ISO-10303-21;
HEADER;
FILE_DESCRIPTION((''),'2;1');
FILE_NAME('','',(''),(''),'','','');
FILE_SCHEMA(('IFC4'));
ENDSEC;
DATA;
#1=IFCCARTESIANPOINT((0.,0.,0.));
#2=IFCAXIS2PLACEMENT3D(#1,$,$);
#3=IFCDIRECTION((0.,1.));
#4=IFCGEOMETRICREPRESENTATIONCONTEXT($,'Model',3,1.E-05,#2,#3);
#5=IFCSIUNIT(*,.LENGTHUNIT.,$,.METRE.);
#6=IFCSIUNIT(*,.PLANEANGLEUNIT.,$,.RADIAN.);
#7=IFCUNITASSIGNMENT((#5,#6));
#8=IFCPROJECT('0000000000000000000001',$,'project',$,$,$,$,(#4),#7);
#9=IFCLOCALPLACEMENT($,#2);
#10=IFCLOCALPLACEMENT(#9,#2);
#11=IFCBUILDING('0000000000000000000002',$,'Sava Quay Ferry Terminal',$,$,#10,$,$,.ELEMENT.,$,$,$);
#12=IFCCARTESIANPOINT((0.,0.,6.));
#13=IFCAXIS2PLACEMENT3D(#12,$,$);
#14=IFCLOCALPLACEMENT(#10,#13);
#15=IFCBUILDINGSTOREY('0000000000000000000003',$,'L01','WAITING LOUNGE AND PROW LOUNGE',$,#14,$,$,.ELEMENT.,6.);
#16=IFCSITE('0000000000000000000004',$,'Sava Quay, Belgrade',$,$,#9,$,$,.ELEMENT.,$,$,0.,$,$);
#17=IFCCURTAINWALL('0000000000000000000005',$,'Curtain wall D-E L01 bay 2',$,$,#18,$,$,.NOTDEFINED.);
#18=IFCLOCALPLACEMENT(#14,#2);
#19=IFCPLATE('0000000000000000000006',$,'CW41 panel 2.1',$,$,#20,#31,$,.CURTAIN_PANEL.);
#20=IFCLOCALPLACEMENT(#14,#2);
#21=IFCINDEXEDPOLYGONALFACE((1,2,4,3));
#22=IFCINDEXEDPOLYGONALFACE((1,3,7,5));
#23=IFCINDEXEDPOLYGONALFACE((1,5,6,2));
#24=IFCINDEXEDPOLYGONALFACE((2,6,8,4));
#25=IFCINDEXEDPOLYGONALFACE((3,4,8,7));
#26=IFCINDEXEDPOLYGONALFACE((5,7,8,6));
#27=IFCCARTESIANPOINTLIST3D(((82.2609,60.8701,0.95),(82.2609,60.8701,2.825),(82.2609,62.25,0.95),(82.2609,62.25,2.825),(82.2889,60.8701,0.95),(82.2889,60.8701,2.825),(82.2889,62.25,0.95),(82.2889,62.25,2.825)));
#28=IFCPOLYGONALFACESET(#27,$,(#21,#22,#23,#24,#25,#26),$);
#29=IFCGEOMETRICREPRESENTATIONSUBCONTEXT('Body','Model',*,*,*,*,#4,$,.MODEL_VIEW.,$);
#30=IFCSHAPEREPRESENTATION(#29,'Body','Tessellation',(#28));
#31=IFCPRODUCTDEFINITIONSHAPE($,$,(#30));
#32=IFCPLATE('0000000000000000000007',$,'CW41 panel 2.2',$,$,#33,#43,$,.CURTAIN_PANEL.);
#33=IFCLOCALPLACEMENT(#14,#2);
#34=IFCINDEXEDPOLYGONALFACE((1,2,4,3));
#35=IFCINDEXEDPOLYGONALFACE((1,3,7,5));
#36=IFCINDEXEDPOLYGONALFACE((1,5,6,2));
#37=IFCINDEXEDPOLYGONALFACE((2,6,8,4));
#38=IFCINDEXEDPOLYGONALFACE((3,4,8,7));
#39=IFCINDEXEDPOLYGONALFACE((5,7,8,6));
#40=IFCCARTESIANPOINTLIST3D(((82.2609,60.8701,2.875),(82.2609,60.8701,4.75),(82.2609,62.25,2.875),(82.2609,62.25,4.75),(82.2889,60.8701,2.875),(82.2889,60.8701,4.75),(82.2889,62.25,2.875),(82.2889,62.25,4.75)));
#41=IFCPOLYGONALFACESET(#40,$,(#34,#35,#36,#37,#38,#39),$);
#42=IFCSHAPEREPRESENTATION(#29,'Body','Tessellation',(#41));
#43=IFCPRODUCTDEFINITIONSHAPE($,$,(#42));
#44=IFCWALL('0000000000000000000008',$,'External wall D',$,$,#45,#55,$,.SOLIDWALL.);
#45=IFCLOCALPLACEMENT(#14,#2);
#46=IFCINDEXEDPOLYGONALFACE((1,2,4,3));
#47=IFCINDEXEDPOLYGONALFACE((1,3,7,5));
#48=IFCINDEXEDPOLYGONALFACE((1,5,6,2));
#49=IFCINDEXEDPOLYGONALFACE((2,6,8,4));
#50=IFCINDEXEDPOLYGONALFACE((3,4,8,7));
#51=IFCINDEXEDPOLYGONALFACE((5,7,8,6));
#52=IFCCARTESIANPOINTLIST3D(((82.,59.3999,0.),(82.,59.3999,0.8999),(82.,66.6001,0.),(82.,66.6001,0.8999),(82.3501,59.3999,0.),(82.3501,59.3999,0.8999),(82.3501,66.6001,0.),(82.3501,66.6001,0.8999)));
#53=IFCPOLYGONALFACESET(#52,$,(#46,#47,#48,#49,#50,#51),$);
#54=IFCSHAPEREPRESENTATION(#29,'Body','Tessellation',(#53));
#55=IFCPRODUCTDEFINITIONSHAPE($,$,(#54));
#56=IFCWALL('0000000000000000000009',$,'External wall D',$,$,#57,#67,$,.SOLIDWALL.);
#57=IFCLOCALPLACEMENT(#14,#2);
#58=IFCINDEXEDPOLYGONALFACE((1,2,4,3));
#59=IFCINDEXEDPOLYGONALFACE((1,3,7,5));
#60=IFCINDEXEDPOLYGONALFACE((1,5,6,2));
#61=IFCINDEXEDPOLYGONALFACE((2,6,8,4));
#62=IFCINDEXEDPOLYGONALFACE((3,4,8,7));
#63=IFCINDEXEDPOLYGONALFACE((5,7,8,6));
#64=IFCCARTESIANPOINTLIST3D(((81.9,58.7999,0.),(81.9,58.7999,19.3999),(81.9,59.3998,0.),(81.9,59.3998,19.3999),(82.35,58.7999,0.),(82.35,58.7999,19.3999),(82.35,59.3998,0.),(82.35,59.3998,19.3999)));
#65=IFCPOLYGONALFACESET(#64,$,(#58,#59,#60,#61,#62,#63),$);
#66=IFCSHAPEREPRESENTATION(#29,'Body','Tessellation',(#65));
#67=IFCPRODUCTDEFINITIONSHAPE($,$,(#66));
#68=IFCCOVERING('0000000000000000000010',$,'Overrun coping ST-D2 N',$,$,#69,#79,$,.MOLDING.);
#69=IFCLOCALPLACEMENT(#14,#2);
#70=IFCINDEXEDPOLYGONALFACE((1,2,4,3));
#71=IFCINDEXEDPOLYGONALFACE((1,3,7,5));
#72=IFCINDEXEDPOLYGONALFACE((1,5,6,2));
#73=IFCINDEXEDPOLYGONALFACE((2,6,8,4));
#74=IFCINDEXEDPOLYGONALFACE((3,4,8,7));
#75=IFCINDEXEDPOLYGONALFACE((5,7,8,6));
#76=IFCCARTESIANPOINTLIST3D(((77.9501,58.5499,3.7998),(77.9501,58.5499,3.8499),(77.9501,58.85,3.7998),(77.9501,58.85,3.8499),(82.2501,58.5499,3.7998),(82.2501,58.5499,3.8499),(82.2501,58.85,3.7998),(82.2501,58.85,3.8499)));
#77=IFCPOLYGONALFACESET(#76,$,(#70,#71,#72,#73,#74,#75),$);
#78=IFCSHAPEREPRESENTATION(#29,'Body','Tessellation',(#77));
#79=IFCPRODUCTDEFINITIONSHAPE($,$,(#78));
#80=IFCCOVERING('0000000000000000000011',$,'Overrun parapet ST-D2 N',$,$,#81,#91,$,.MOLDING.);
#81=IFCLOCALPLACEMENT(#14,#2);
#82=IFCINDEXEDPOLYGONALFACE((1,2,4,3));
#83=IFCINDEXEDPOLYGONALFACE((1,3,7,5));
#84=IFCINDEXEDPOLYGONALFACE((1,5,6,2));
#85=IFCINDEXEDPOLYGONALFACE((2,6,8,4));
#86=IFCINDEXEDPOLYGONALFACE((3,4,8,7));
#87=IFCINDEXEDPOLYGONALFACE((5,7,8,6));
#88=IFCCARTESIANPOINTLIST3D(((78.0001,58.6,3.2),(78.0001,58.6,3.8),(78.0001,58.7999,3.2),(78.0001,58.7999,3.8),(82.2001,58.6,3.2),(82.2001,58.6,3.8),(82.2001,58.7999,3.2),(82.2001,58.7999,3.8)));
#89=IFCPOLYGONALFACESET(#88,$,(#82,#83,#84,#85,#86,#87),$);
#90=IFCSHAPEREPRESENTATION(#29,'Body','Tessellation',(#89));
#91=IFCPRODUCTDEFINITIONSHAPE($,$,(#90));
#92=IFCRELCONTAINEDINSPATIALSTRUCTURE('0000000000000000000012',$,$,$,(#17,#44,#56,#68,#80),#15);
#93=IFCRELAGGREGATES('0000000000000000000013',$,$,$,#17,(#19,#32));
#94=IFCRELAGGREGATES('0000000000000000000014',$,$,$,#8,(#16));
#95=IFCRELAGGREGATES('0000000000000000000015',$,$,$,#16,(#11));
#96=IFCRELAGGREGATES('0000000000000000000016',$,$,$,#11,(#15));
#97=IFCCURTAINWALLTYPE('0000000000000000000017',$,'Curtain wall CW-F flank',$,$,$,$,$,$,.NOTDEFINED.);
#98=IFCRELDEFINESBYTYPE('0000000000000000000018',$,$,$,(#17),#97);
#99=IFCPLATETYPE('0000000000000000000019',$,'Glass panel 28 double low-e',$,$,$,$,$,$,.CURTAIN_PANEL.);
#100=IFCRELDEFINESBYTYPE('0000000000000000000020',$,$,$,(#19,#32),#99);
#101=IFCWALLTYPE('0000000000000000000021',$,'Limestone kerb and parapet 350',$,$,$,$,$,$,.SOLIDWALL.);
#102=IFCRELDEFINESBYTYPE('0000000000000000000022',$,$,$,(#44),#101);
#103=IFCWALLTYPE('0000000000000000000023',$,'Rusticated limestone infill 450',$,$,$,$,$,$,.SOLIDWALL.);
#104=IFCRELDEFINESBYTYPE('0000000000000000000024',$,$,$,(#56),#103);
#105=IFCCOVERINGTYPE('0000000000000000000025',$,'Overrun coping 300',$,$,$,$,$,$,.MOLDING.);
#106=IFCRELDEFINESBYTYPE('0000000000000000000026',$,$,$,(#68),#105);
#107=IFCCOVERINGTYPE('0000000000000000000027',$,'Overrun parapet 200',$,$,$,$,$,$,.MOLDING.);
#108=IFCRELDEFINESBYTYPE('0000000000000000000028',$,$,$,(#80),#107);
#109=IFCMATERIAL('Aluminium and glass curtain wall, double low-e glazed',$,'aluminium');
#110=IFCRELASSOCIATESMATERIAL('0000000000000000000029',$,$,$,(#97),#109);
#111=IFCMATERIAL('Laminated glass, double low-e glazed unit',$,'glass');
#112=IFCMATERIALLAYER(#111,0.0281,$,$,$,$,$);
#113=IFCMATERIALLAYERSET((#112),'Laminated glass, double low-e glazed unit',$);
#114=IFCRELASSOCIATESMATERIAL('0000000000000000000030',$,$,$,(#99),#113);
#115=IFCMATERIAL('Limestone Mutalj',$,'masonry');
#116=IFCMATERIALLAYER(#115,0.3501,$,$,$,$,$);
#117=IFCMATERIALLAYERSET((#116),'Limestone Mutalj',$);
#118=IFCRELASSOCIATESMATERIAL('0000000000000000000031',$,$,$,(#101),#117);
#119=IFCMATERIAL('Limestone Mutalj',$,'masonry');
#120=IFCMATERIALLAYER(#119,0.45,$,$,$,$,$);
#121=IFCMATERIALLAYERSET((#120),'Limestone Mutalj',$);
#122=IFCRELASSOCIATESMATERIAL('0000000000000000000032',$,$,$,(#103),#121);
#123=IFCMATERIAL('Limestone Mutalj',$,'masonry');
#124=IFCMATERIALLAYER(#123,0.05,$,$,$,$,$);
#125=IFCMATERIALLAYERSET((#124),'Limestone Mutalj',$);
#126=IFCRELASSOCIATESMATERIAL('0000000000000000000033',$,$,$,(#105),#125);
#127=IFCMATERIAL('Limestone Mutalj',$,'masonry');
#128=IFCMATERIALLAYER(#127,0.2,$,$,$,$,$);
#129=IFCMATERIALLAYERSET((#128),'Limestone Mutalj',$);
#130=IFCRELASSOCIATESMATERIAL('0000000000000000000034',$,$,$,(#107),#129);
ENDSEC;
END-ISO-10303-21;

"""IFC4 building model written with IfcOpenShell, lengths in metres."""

from ifc_helpers import new_model, si_unit, direction, frame, frame_2d, origin, origin_2d, place, context, subcontext, project, spatial, rectangle, extrude, material, layer, layer_set, type_object, element, aggregate, save


model = new_model("IFC4")

# Units and contexts
model_context = context("Model", 3, precision=1e-05, world=origin(), true_north=direction((0.0, 1.0)))
body_context = subcontext(model_context, "Body", "Model", "MODEL_VIEW")
ifc_project = project(units=[si_unit("LENGTHUNIT", "METRE"), si_unit("PLANEANGLEUNIT", "RADIAN")], contexts=[model_context])

# Site, building, storey
site_placement = place(None, origin())
site = spatial("IfcSite", under=ifc_project, at=site_placement, Name="Sava Quay, Belgrade", CompositionType="ELEMENT", RefElevation=0.0)
building_placement = place(site_placement, origin())
building = spatial("IfcBuilding", under=site, at=building_placement, Name="Sava Quay Ferry Terminal", CompositionType="ELEMENT")
storey_placement = place(building_placement, frame((0.0, 0.0, 6.0)))
storey = spatial("IfcBuildingStorey", under=building, at=storey_placement, Name="L01", Description="WAITING LOUNGE AND PROW LOUNGE", CompositionType="ELEMENT", Elevation=6.0)

# Curtain wall, plates
ifc_material_1 = material(Name="Aluminium and glass curtain wall, double low-e glazed", Category="aluminium")
curtain_wall_type = type_object("IfcCurtainWallType", Name="Curtain wall CW-F flank", PredefinedType="NOTDEFINED", material=ifc_material_1)
curtain_wall_placement = place(storey_placement, origin())
curtain_wall = element("IfcCurtainWall", 1, at=curtain_wall_placement, inside=storey, type_object=curtain_wall_type, Name="Curtain wall D-E L01 bay 2", PredefinedType="NOTDEFINED")
ifc_material_2 = material(Name="Laminated glass, double low-e glazed unit", Category="glass")
ifc_layer_1 = layer(ifc_material_2, 0.0281)
ifc_layer_set_1 = layer_set([ifc_layer_1], Name="Laminated glass, double low-e glazed unit")
plate_type = type_object("IfcPlateType", Name="Glass panel 28 double low-e", PredefinedType="CURTAIN_PANEL", material=ifc_layer_set_1)
plate_1_placement = place(storey_placement, frame((82.2749, 61.5601, 0.95), z_axis=(0.0, 0.0, 1.0), x_axis=(0.0, 1.0, 0.0)))
plate_1 = element("IfcPlate", 2, at=plate_1_placement, type_object=plate_type, Name="CW41 panel 2.1", PredefinedType="CURTAIN_PANEL", context=body_context, shape_type="SweptSolid", body=[
    extrude(rectangle(XDim=1.3799, YDim=0.0281, at=origin_2d()), origin(), (0.0, 0.0, 1.0), 1.875),
])
plate_2_placement = place(storey_placement, frame((82.2749, 61.5601, 2.875), z_axis=(0.0, 0.0, 1.0), x_axis=(0.0, 1.0, 0.0)))
plate_2 = element("IfcPlate", 3, at=plate_2_placement, type_object=plate_type, Name="CW41 panel 2.2", PredefinedType="CURTAIN_PANEL", context=body_context, shape_type="SweptSolid", body=[
    extrude(rectangle(XDim=1.3799, YDim=0.0281, at=origin_2d()), origin(), (0.0, 0.0, 1.0), 1.875),
])
aggregate(curtain_wall, [plate_1, plate_2])

# Wall
ifc_material_3 = material(Name="Limestone Mutalj", Category="masonry")
ifc_layer_2 = layer(ifc_material_3, 0.3501)
ifc_layer_set_2 = layer_set([ifc_layer_2], Name="Limestone Mutalj")
wall_type_1 = type_object("IfcWallType", Name="Limestone kerb and parapet 350", PredefinedType="SOLIDWALL", material=ifc_layer_set_2)
wall_1_placement = place(storey_placement, frame((82.175, 59.3999, 0.0), z_axis=(0.0, 0.0, 1.0), x_axis=(0.0, 1.0, 0.0)))
element("IfcWall", 4, at=wall_1_placement, inside=storey, type_object=wall_type_1, Name="External wall D", PredefinedType="SOLIDWALL", context=body_context, shape_type="SweptSolid", body=[
    extrude(rectangle(XDim=7.2002, YDim=0.3501, at=frame_2d((3.6001, 0.0))), origin(), (0.0, 0.0, 1.0), 0.8999),
])

# Wall
ifc_material_4 = material(Name="Limestone Mutalj", Category="masonry")
ifc_layer_3 = layer(ifc_material_4, 0.45)
ifc_layer_set_3 = layer_set([ifc_layer_3], Name="Limestone Mutalj")
wall_type_2 = type_object("IfcWallType", Name="Rusticated limestone infill 450", PredefinedType="SOLIDWALL", material=ifc_layer_set_3)
wall_2_placement = place(storey_placement, frame((82.125, 58.8, 0.0), z_axis=(0.0, 0.0, 1.0), x_axis=(0.0, 1.0, 0.0)))
element("IfcWall", 5, at=wall_2_placement, inside=storey, type_object=wall_type_2, Name="External wall D", PredefinedType="SOLIDWALL", context=body_context, shape_type="SweptSolid", body=[
    extrude(rectangle(XDim=0.5999, YDim=0.45, at=frame_2d((0.2998, 0.0))), origin(), (0.0, 0.0, 1.0), 19.3999),
])

# Coverings
ifc_material_5 = material(Name="Limestone Mutalj", Category="masonry")
ifc_layer_4 = layer(ifc_material_5, 0.05)
ifc_layer_set_4 = layer_set([ifc_layer_4], Name="Limestone Mutalj")
covering_type_1 = type_object("IfcCoveringType", Name="Overrun coping 300", PredefinedType="MOLDING", material=ifc_layer_set_4)
covering_1_placement = place(storey_placement, frame((80.1001, 58.7, 3.7998), z_axis=(0.0, 0.0, 1.0), x_axis=(1.0, 0.0, 0.0)))
element("IfcCovering", 6, at=covering_1_placement, inside=storey, type_object=covering_type_1, Name="Overrun coping ST-D2 N", PredefinedType="MOLDING", context=body_context, shape_type="SweptSolid", body=[
    extrude(rectangle(XDim=4.3, YDim=0.3, at=origin_2d()), origin(), (0.0, 0.0, 1.0), 0.05),
])
ifc_material_6 = material(Name="Limestone Mutalj", Category="masonry")
ifc_layer_5 = layer(ifc_material_6, 0.2)
ifc_layer_set_5 = layer_set([ifc_layer_5], Name="Limestone Mutalj")
covering_type_2 = type_object("IfcCoveringType", Name="Overrun parapet 200", PredefinedType="MOLDING", material=ifc_layer_set_5)
covering_2_placement = place(storey_placement, frame((80.1001, 58.7, 3.2), z_axis=(0.0, 0.0, 1.0), x_axis=(1.0, 0.0, 0.0)))
element("IfcCovering", 7, at=covering_2_placement, inside=storey, type_object=covering_type_2, Name="Overrun parapet ST-D2 N", PredefinedType="MOLDING", context=body_context, shape_type="SweptSolid", body=[
    extrude(rectangle(XDim=4.2, YDim=0.2, at=origin_2d()), origin(), (0.0, 0.0, 1.0), 0.6001),
])

save(model, "model.ifc")
